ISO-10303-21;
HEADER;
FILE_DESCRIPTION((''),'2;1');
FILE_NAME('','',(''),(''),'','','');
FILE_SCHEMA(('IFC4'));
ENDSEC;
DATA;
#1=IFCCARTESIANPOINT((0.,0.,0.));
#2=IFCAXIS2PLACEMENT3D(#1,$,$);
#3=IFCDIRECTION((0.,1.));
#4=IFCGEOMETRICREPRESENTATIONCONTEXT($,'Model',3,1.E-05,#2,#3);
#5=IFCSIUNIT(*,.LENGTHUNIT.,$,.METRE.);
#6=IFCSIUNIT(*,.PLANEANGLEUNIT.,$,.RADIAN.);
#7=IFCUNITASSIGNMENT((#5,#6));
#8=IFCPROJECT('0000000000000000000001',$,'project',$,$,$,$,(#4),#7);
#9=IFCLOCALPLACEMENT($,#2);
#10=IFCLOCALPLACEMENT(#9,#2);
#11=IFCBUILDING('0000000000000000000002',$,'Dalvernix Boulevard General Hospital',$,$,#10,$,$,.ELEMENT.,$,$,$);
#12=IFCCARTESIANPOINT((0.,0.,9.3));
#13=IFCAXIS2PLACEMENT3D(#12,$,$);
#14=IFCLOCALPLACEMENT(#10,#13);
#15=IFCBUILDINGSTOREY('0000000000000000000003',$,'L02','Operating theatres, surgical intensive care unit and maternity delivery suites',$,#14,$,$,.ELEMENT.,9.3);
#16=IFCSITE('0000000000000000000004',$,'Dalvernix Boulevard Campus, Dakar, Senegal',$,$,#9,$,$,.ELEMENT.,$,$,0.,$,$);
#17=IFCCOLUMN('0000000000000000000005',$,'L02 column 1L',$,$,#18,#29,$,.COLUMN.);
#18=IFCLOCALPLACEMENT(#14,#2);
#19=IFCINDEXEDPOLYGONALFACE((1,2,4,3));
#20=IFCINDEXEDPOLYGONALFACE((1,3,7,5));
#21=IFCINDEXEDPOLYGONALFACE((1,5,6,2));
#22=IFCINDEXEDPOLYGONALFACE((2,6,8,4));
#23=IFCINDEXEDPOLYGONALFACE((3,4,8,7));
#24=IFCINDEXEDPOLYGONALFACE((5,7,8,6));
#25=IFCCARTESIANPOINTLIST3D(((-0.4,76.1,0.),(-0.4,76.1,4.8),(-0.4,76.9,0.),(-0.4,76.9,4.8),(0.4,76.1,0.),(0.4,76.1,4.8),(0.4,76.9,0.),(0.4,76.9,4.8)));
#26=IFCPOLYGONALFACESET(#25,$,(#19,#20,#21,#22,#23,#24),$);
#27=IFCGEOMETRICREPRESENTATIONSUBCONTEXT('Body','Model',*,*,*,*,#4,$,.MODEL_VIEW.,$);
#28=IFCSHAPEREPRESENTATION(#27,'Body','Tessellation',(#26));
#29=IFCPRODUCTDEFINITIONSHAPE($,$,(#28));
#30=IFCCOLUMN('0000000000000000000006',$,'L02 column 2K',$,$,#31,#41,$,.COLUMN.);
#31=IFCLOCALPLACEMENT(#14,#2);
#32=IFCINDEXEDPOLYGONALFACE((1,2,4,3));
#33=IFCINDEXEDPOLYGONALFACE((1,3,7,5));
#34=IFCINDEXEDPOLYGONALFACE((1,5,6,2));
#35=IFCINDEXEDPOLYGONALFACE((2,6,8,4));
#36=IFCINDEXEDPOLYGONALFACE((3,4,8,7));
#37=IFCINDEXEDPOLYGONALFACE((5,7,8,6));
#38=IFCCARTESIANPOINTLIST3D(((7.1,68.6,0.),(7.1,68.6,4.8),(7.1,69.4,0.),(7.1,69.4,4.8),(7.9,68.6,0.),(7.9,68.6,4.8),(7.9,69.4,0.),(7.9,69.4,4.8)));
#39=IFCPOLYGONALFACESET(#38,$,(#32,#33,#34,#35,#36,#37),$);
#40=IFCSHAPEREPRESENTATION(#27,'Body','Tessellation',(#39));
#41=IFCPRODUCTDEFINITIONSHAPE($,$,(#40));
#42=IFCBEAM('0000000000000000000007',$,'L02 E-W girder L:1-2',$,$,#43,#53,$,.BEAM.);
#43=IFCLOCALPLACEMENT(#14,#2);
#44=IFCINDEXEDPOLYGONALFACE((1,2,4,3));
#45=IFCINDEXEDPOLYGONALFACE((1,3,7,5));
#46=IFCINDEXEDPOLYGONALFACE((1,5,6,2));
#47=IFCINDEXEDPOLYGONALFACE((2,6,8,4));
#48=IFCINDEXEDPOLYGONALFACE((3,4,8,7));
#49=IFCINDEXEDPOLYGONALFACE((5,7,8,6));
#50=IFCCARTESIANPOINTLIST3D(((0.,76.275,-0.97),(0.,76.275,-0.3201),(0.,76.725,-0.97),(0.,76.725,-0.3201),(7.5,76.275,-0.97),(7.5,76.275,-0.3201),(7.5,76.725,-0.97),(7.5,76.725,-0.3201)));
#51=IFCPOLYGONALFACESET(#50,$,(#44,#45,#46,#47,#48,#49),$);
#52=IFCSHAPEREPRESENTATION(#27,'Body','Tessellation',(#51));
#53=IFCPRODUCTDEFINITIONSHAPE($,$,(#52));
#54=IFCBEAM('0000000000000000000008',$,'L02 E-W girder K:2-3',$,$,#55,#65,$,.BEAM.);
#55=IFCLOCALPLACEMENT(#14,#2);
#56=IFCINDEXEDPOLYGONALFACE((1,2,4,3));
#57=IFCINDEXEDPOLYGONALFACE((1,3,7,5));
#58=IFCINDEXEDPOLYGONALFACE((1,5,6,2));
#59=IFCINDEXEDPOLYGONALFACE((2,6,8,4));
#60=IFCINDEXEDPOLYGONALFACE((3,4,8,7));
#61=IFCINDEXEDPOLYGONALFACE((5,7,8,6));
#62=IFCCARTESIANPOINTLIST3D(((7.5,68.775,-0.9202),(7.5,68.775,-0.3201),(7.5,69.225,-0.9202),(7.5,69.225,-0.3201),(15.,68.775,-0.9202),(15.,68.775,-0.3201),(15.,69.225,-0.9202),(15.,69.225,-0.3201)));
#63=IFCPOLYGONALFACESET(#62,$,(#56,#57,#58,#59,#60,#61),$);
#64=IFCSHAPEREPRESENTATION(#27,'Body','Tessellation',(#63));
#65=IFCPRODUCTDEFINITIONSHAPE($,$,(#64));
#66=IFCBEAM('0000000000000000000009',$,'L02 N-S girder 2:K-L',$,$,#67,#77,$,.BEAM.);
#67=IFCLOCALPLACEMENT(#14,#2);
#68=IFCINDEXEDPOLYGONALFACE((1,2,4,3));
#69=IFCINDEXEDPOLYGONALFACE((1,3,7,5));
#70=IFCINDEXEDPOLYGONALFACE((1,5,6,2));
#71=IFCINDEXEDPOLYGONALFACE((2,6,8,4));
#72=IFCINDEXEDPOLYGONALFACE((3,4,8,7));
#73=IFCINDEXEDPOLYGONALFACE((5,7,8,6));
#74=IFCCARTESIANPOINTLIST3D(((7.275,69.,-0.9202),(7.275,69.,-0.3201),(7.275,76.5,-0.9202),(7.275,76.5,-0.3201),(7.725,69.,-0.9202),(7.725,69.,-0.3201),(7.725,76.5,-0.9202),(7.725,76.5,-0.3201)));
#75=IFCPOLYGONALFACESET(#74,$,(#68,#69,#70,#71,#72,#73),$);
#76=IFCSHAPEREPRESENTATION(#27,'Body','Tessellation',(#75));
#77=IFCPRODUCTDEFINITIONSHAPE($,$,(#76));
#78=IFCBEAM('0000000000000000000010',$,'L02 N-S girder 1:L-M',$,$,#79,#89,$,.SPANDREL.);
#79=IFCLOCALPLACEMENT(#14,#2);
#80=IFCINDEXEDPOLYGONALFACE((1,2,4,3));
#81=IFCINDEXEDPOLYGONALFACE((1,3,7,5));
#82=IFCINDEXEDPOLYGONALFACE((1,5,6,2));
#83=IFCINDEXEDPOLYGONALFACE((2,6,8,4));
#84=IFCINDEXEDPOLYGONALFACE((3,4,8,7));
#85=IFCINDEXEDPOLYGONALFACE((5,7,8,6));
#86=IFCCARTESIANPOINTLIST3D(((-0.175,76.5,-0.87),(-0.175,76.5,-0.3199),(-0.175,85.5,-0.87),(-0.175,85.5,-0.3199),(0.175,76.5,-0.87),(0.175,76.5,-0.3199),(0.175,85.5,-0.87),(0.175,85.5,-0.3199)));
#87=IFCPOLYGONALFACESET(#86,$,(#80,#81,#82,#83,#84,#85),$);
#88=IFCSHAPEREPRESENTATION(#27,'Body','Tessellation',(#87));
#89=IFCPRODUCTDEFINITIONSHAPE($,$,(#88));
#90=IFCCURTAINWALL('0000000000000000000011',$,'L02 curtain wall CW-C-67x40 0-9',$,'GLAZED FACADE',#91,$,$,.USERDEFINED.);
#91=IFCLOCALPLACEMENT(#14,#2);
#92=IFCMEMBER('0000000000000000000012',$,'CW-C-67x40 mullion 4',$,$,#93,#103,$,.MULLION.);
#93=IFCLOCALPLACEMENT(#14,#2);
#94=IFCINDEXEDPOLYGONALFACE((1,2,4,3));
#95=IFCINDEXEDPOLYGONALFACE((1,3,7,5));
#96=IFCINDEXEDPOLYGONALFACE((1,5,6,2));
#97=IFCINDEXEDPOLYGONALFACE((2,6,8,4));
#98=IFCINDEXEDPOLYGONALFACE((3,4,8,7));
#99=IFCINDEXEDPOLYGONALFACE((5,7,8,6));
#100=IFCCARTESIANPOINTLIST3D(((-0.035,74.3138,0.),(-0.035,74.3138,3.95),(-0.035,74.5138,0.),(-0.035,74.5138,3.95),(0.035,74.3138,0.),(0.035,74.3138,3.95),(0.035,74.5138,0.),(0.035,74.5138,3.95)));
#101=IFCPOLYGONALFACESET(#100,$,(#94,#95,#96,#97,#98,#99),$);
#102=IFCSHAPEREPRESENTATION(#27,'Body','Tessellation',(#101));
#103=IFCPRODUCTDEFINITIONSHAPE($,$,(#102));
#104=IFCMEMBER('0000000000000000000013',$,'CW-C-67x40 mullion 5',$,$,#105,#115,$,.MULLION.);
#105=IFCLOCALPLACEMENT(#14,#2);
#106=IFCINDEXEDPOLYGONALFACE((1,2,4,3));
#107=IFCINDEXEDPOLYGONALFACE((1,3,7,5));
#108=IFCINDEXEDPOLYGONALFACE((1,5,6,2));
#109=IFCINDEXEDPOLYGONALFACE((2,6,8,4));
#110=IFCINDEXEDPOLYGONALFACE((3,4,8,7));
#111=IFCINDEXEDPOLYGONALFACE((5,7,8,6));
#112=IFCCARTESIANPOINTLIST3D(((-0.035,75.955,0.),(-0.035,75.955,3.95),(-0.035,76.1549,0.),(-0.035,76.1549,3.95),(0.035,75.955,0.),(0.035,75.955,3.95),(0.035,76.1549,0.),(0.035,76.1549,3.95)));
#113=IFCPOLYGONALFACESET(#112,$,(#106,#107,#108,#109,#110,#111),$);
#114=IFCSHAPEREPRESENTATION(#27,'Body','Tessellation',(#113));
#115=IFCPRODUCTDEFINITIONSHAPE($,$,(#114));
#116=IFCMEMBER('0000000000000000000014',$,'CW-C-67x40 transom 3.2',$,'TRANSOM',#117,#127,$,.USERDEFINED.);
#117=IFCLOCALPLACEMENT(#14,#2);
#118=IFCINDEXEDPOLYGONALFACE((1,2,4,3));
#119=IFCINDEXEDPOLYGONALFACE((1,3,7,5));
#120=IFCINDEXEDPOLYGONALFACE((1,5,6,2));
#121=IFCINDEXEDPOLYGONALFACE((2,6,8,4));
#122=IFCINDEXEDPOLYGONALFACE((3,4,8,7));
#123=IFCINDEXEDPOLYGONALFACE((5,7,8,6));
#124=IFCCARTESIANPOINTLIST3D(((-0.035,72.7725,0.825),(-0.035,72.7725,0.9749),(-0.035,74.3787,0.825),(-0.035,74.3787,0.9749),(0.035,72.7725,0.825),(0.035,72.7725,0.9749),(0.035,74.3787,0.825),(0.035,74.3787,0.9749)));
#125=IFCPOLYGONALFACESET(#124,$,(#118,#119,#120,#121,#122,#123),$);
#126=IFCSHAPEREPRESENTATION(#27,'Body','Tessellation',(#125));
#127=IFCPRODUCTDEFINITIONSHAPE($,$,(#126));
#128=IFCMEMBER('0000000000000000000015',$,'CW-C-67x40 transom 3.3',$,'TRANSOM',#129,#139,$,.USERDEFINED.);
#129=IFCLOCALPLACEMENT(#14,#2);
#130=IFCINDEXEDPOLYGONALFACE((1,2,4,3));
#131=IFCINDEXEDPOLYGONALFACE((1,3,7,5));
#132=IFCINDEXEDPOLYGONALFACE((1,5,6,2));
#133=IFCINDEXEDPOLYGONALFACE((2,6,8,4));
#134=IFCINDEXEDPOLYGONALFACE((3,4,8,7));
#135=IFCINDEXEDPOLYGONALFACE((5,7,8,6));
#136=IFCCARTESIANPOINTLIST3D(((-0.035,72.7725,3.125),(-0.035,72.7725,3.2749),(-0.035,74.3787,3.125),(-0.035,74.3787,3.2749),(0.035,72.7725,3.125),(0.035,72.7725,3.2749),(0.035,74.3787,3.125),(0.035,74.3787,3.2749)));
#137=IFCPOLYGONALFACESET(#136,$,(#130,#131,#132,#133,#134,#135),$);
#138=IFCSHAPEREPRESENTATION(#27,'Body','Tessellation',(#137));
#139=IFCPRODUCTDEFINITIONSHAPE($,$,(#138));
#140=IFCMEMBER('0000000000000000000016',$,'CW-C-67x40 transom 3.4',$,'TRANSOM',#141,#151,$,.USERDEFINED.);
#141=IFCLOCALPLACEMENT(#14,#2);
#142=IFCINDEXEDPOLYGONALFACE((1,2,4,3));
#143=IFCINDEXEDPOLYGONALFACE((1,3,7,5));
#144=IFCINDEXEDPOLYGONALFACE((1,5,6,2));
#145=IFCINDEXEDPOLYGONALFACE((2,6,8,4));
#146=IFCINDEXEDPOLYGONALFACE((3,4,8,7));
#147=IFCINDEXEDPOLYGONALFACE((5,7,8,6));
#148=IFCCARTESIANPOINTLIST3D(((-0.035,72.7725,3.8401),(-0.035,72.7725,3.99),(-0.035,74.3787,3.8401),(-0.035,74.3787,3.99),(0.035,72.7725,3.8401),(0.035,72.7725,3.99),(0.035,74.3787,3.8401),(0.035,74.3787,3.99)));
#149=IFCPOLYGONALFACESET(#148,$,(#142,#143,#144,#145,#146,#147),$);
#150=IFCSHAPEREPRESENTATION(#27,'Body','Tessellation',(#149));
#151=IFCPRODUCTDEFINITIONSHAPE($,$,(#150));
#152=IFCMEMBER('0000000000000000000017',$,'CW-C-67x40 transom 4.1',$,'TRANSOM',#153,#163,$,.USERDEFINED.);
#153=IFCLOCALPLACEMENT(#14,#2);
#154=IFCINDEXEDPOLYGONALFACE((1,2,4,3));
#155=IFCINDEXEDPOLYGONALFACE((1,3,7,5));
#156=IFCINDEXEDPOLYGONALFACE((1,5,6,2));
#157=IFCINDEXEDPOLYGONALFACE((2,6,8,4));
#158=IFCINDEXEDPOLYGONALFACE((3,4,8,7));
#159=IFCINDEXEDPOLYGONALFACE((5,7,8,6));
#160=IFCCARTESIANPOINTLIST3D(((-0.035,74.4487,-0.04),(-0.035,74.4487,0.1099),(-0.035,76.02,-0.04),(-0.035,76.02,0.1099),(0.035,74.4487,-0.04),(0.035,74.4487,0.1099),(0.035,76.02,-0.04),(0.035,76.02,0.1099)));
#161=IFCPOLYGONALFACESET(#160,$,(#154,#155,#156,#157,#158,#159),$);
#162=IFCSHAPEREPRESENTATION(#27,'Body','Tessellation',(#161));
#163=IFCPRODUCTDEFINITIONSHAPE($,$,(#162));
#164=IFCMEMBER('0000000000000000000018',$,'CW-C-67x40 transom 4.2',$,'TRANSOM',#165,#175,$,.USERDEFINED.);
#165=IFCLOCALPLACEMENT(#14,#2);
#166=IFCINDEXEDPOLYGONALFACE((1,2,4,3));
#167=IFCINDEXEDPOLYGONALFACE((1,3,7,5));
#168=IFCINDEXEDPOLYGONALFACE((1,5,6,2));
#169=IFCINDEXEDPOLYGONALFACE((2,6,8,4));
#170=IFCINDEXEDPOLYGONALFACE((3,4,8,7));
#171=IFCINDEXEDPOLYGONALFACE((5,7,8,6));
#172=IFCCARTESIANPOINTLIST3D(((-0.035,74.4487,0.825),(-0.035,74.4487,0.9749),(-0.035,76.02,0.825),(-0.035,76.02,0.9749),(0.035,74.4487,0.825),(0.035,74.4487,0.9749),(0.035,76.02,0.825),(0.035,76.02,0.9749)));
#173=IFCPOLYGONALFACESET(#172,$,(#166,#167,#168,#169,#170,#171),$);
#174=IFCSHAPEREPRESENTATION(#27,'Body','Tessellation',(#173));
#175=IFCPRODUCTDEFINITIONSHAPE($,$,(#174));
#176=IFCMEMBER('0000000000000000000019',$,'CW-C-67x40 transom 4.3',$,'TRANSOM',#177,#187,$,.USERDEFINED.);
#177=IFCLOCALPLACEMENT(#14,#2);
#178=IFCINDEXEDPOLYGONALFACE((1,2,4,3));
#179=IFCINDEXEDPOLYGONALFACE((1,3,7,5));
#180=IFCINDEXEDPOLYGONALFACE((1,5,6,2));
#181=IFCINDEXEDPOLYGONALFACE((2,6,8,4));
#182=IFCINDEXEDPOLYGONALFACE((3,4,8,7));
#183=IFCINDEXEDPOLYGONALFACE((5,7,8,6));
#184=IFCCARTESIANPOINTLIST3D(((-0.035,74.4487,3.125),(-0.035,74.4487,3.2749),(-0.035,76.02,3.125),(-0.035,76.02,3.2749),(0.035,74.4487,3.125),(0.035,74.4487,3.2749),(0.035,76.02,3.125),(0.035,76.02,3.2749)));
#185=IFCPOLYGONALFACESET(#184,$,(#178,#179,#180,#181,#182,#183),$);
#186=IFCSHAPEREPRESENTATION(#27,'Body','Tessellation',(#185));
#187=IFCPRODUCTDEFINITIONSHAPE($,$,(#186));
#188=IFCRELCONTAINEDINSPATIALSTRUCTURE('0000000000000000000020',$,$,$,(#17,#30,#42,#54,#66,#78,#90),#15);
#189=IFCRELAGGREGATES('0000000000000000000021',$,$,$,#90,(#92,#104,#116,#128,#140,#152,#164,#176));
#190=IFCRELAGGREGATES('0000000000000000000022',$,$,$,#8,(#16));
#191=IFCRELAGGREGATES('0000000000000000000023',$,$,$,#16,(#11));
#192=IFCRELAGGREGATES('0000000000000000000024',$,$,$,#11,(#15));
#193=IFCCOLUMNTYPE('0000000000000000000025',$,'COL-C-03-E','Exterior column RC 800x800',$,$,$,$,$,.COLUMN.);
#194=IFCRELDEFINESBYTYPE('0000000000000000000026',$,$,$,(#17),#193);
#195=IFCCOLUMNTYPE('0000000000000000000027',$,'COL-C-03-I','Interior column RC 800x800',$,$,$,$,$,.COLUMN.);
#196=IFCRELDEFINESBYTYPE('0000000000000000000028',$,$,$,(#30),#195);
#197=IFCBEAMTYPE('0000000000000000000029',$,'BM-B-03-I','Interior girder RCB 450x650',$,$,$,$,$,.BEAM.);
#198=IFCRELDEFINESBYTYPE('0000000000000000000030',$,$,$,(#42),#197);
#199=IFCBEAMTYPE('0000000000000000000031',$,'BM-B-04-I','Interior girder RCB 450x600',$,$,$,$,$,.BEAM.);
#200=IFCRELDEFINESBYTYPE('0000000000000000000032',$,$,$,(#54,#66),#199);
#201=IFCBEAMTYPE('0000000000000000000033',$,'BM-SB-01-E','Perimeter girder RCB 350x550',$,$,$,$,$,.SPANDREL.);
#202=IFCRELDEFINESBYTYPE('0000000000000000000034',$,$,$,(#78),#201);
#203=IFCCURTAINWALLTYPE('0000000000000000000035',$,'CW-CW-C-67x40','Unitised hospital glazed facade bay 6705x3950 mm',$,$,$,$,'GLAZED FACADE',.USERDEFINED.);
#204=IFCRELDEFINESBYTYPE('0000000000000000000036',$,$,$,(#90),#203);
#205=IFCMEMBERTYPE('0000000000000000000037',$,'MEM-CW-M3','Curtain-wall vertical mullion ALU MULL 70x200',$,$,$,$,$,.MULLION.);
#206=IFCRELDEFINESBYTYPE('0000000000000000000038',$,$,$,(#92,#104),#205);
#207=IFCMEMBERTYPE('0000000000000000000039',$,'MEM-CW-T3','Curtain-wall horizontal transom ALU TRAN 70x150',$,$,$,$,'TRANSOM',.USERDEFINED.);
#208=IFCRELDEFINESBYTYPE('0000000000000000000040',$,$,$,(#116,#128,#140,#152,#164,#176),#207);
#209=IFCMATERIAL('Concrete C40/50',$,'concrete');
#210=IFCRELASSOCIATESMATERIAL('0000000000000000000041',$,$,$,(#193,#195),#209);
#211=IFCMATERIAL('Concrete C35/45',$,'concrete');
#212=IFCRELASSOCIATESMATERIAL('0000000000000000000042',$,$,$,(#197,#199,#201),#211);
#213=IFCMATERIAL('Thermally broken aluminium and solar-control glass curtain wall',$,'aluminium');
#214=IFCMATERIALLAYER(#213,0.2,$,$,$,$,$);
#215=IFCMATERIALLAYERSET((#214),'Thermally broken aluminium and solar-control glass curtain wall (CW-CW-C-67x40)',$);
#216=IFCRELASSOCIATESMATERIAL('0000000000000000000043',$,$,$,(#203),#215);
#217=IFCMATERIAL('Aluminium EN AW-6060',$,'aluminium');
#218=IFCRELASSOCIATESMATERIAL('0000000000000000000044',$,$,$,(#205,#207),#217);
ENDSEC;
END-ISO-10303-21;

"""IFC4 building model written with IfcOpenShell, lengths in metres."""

from ifc_helpers import new_model, si_unit, direction, frame, origin, origin_2d, place, context, subcontext, project, spatial, rectangle, extrude, material, layer, layer_set, material_profile, profile_set, type_object, element, aggregate, save


model = new_model("IFC4")

# Units and contexts
model_context = context("Model", 3, precision=1e-05, world=origin(), true_north=direction((0.0, 1.0)))
body_context = subcontext(model_context, "Body", "Model", "MODEL_VIEW")
ifc_project = project(units=[si_unit("LENGTHUNIT", "METRE"), si_unit("PLANEANGLEUNIT", "RADIAN")], contexts=[model_context])

# Site, building, storey
site_placement = place(None, origin())
site = spatial("IfcSite", under=ifc_project, at=site_placement, Name="Dalvernix Boulevard Campus, Dakar, Senegal", CompositionType="ELEMENT", RefElevation=0.0)
building_placement = place(site_placement, origin())
building = spatial("IfcBuilding", under=site, at=building_placement, Name="Dalvernix Boulevard General Hospital", CompositionType="ELEMENT")
storey_placement = place(building_placement, frame((0.0, 0.0, 9.3)))
storey = spatial("IfcBuildingStorey", under=building, at=storey_placement, Name="L02", Description="Operating theatres, surgical intensive care unit and maternity delivery suites", CompositionType="ELEMENT", Elevation=9.3)

# Columns
ifc_material_1 = material(Name="Concrete C40/50", Category="concrete")
ifc_material_profile_1 = material_profile(ifc_material_1, rectangle(XDim=0.8, YDim=0.8, at=origin_2d()), Name="RC 800x800")
ifc_profile_set_1 = profile_set([ifc_material_profile_1], Name="Concrete C40/50")
column_type_1 = type_object("IfcColumnType", Name="COL-C-03-E", Description="Exterior column RC 800x800", PredefinedType="COLUMN", material=ifc_profile_set_1)
column_1_placement = place(storey_placement, frame((0.0, 76.5, 0.0), z_axis=(0.0, 0.0, 1.0), x_axis=(1.0, 0.0, 0.0)))
element("IfcColumn", 1, at=column_1_placement, inside=storey, type_object=column_type_1, Name="L02 column 1L", PredefinedType="COLUMN", context=body_context, shape_type="SweptSolid", body=[
    extrude(rectangle(XDim=0.8, YDim=0.8, at=origin_2d()), origin(), (0.0, 0.0, 1.0), 4.8),
])
ifc_material_profile_2 = material_profile(ifc_material_1, rectangle(XDim=0.8, YDim=0.8, at=origin_2d()), Name="RC 800x800")
ifc_profile_set_2 = profile_set([ifc_material_profile_2], Name="Concrete C40/50")
column_type_2 = type_object("IfcColumnType", Name="COL-C-03-I", Description="Interior column RC 800x800", PredefinedType="COLUMN", material=ifc_profile_set_2)
column_2_placement = place(storey_placement, frame((7.5, 69.0, 0.0), z_axis=(0.0, 0.0, 1.0), x_axis=(1.0, 0.0, 0.0)))
element("IfcColumn", 2, at=column_2_placement, inside=storey, type_object=column_type_2, Name="L02 column 2K", PredefinedType="COLUMN", context=body_context, shape_type="SweptSolid", body=[
    extrude(rectangle(XDim=0.8, YDim=0.8, at=origin_2d()), origin(), (0.0, 0.0, 1.0), 4.8),
])

# Beams
ifc_material_2 = material(Name="Concrete C35/45", Category="concrete")
ifc_material_profile_3 = material_profile(ifc_material_2, rectangle(XDim=0.45, YDim=0.6499, at=origin_2d()), Name="RCB 450x650")
ifc_profile_set_3 = profile_set([ifc_material_profile_3], Name="Concrete C35/45")
beam_type_1 = type_object("IfcBeamType", Name="BM-B-03-I", Description="Interior girder RCB 450x650", PredefinedType="BEAM", material=ifc_profile_set_3)
beam_1_placement = place(storey_placement, frame((0.0, 76.5, -0.645), z_axis=(1.0, 0.0, 0.0), x_axis=(0.0, 1.0, 0.0)))
element("IfcBeam", 3, at=beam_1_placement, inside=storey, type_object=beam_type_1, Name="L02 E-W girder L:1-2", PredefinedType="BEAM", context=body_context, shape_type="SweptSolid", body=[
    extrude(rectangle(XDim=0.45, YDim=0.6499, at=origin_2d()), origin(), (0.0, 0.0, 1.0), 7.5),
])
ifc_material_profile_4 = material_profile(ifc_material_2, rectangle(XDim=0.45, YDim=0.6001, at=origin_2d()), Name="RCB 450x600")
ifc_profile_set_4 = profile_set([ifc_material_profile_4], Name="Concrete C35/45")
beam_type_2 = type_object("IfcBeamType", Name="BM-B-04-I", Description="Interior girder RCB 450x600", PredefinedType="BEAM", material=ifc_profile_set_4)
for number, where, z_axis, x_axis, name in (
    (4, (7.5, 69.0, -0.6201), (1.0, 0.0, 0.0), (0.0, 1.0, 0.0), "L02 E-W girder K:2-3"),
    (5, (7.5, 69.0, -0.6201), (0.0, 1.0, 0.0), (-1.0, 0.0, 0.0), "L02 N-S girder 2:K-L"),
):
    element("IfcBeam", number, at=place(storey_placement, frame(where, z_axis=z_axis, x_axis=x_axis)), inside=storey, type_object=beam_type_2, Name=name, PredefinedType="BEAM", context=body_context, shape_type="SweptSolid", body=[
        extrude(rectangle(XDim=0.45, YDim=0.6001, at=origin_2d()), origin(), (0.0, 0.0, 1.0), 7.5),
    ])
ifc_material_profile_5 = material_profile(ifc_material_2, rectangle(XDim=0.3501, YDim=0.55, at=origin_2d()), Name="RCB 350x550")
ifc_profile_set_5 = profile_set([ifc_material_profile_5], Name="Concrete C35/45")
beam_type_3 = type_object("IfcBeamType", Name="BM-SB-01-E", Description="Perimeter girder RCB 350x550", PredefinedType="SPANDREL", material=ifc_profile_set_5)
beam_2_placement = place(storey_placement, frame((0.0, 76.5, -0.595), z_axis=(0.0, 1.0, 0.0), x_axis=(-1.0, 0.0, 0.0)))
element("IfcBeam", 6, at=beam_2_placement, inside=storey, type_object=beam_type_3, Name="L02 N-S girder 1:L-M", PredefinedType="SPANDREL", context=body_context, shape_type="SweptSolid", body=[
    extrude(rectangle(XDim=0.3501, YDim=0.55, at=origin_2d()), origin(), (0.0, 0.0, 1.0), 9.0),
])

# Curtain wall, members
ifc_material_3 = material(Name="Thermally broken aluminium and solar-control glass curtain wall", Category="aluminium")
ifc_layer_1 = layer(ifc_material_3, 0.2)
ifc_layer_set_1 = layer_set([ifc_layer_1], Name="Thermally broken aluminium and solar-control glass curtain wall (CW-CW-C-67x40)")
curtain_wall_type = type_object("IfcCurtainWallType", Name="CW-CW-C-67x40", Description="Unitised hospital glazed facade bay 6705x3950 mm", ElementType="GLAZED FACADE", PredefinedType="USERDEFINED", material=ifc_layer_set_1)
curtain_wall_placement = place(storey_placement, origin())
curtain_wall = element("IfcCurtainWall", 7, at=curtain_wall_placement, inside=storey, type_object=curtain_wall_type, Name="L02 curtain wall CW-C-67x40 0-9", ObjectType="GLAZED FACADE", PredefinedType="USERDEFINED")
ifc_material_4 = material(Name="Aluminium EN AW-6060", Category="aluminium")
ifc_material_profile_6 = material_profile(ifc_material_4, rectangle(XDim=0.0701, YDim=0.2, at=origin_2d()), Name="ALU MULL 70x200")
ifc_profile_set_6 = profile_set([ifc_material_profile_6], Name="Aluminium EN AW-6060")
member_type_1 = type_object("IfcMemberType", Name="MEM-CW-M3", Description="Curtain-wall vertical mullion ALU MULL 70x200", PredefinedType="MULLION", material=ifc_profile_set_6)
member_1_placement = place(storey_placement, frame((0.0, 74.4138, 0.0), z_axis=(0.0, 0.0, 1.0), x_axis=(-1.0, 0.0, 0.0)))
member_1 = element("IfcMember", 8, at=member_1_placement, type_object=member_type_1, Name="CW-C-67x40 mullion 4", PredefinedType="MULLION", context=body_context, shape_type="SweptSolid", body=[
    extrude(rectangle(XDim=0.0701, YDim=0.2, at=origin_2d()), origin(), (0.0, 0.0, 1.0), 3.95),
])
member_2_placement = place(storey_placement, frame((0.0, 76.0549, 0.0), z_axis=(0.0, 0.0, 1.0), x_axis=(-1.0, 0.0, 0.0)))
member_2 = element("IfcMember", 9, at=member_2_placement, type_object=member_type_1, Name="CW-C-67x40 mullion 5", PredefinedType="MULLION", context=body_context, shape_type="SweptSolid", body=[
    extrude(rectangle(XDim=0.0701, YDim=0.2, at=origin_2d()), origin(), (0.0, 0.0, 1.0), 3.95),
])
ifc_material_profile_7 = material_profile(ifc_material_4, rectangle(XDim=0.0701, YDim=0.1499, at=origin_2d()), Name="ALU TRAN 70x150")
ifc_profile_set_7 = profile_set([ifc_material_profile_7], Name="Aluminium EN AW-6060")
member_type_2 = type_object("IfcMemberType", Name="MEM-CW-T3", Description="Curtain-wall horizontal transom ALU TRAN 70x150", ElementType="TRANSOM", PredefinedType="USERDEFINED", material=ifc_profile_set_7)
member_3_placement = place(storey_placement, frame((0.0, 72.7725, 0.8999), z_axis=(0.0, 1.0, 0.0), x_axis=(-1.0, 0.0, 0.0)))
member_3 = element("IfcMember", 10, at=member_3_placement, type_object=member_type_2, Name="CW-C-67x40 transom 3.2", ObjectType="TRANSOM", PredefinedType="USERDEFINED", context=body_context, shape_type="SweptSolid", body=[
    extrude(rectangle(XDim=0.0701, YDim=0.1499, at=origin_2d()), origin(), (0.0, 0.0, 1.0), 1.6062),
])
member_4_placement = place(storey_placement, frame((0.0, 72.7725, 3.2), z_axis=(0.0, 1.0, 0.0), x_axis=(-1.0, 0.0, 0.0)))
member_4 = element("IfcMember", 11, at=member_4_placement, type_object=member_type_2, Name="CW-C-67x40 transom 3.3", ObjectType="TRANSOM", PredefinedType="USERDEFINED", context=body_context, shape_type="SweptSolid", body=[
    extrude(rectangle(XDim=0.0701, YDim=0.1499, at=origin_2d()), origin(), (0.0, 0.0, 1.0), 1.6062),
])
member_5_placement = place(storey_placement, frame((0.0, 72.7725, 3.915), z_axis=(0.0, 1.0, 0.0), x_axis=(-1.0, 0.0, 0.0)))
member_5 = element("IfcMember", 12, at=member_5_placement, type_object=member_type_2, Name="CW-C-67x40 transom 3.4", ObjectType="TRANSOM", PredefinedType="USERDEFINED", context=body_context, shape_type="SweptSolid", body=[
    extrude(rectangle(XDim=0.0701, YDim=0.1499, at=origin_2d()), origin(), (0.0, 0.0, 1.0), 1.6062),
])
member_6_placement = place(storey_placement, frame((0.0, 74.4487, 0.0349), z_axis=(0.0, 1.0, 0.0), x_axis=(-1.0, 0.0, 0.0)))
member_6 = element("IfcMember", 13, at=member_6_placement, type_object=member_type_2, Name="CW-C-67x40 transom 4.1", ObjectType="TRANSOM", PredefinedType="USERDEFINED", context=body_context, shape_type="SweptSolid", body=[
    extrude(rectangle(XDim=0.0701, YDim=0.1499, at=origin_2d()), origin(), (0.0, 0.0, 1.0), 1.5713),
])
member_7_placement = place(storey_placement, frame((0.0, 74.4487, 0.8999), z_axis=(0.0, 1.0, 0.0), x_axis=(-1.0, 0.0, 0.0)))
member_7 = element("IfcMember", 14, at=member_7_placement, type_object=member_type_2, Name="CW-C-67x40 transom 4.2", ObjectType="TRANSOM", PredefinedType="USERDEFINED", context=body_context, shape_type="SweptSolid", body=[
    extrude(rectangle(XDim=0.0701, YDim=0.1499, at=origin_2d()), origin(), (0.0, 0.0, 1.0), 1.5713),
])
member_8_placement = place(storey_placement, frame((0.0, 74.4487, 3.2), z_axis=(0.0, 1.0, 0.0), x_axis=(-1.0, 0.0, 0.0)))
member_8 = element("IfcMember", 15, at=member_8_placement, type_object=member_type_2, Name="CW-C-67x40 transom 4.3", ObjectType="TRANSOM", PredefinedType="USERDEFINED", context=body_context, shape_type="SweptSolid", body=[
    extrude(rectangle(XDim=0.0701, YDim=0.1499, at=origin_2d()), origin(), (0.0, 0.0, 1.0), 1.5713),
])
aggregate(curtain_wall, [member_1, member_2, member_3, member_4, member_5, member_6, member_7, member_8])

save(model, "model.ifc")
